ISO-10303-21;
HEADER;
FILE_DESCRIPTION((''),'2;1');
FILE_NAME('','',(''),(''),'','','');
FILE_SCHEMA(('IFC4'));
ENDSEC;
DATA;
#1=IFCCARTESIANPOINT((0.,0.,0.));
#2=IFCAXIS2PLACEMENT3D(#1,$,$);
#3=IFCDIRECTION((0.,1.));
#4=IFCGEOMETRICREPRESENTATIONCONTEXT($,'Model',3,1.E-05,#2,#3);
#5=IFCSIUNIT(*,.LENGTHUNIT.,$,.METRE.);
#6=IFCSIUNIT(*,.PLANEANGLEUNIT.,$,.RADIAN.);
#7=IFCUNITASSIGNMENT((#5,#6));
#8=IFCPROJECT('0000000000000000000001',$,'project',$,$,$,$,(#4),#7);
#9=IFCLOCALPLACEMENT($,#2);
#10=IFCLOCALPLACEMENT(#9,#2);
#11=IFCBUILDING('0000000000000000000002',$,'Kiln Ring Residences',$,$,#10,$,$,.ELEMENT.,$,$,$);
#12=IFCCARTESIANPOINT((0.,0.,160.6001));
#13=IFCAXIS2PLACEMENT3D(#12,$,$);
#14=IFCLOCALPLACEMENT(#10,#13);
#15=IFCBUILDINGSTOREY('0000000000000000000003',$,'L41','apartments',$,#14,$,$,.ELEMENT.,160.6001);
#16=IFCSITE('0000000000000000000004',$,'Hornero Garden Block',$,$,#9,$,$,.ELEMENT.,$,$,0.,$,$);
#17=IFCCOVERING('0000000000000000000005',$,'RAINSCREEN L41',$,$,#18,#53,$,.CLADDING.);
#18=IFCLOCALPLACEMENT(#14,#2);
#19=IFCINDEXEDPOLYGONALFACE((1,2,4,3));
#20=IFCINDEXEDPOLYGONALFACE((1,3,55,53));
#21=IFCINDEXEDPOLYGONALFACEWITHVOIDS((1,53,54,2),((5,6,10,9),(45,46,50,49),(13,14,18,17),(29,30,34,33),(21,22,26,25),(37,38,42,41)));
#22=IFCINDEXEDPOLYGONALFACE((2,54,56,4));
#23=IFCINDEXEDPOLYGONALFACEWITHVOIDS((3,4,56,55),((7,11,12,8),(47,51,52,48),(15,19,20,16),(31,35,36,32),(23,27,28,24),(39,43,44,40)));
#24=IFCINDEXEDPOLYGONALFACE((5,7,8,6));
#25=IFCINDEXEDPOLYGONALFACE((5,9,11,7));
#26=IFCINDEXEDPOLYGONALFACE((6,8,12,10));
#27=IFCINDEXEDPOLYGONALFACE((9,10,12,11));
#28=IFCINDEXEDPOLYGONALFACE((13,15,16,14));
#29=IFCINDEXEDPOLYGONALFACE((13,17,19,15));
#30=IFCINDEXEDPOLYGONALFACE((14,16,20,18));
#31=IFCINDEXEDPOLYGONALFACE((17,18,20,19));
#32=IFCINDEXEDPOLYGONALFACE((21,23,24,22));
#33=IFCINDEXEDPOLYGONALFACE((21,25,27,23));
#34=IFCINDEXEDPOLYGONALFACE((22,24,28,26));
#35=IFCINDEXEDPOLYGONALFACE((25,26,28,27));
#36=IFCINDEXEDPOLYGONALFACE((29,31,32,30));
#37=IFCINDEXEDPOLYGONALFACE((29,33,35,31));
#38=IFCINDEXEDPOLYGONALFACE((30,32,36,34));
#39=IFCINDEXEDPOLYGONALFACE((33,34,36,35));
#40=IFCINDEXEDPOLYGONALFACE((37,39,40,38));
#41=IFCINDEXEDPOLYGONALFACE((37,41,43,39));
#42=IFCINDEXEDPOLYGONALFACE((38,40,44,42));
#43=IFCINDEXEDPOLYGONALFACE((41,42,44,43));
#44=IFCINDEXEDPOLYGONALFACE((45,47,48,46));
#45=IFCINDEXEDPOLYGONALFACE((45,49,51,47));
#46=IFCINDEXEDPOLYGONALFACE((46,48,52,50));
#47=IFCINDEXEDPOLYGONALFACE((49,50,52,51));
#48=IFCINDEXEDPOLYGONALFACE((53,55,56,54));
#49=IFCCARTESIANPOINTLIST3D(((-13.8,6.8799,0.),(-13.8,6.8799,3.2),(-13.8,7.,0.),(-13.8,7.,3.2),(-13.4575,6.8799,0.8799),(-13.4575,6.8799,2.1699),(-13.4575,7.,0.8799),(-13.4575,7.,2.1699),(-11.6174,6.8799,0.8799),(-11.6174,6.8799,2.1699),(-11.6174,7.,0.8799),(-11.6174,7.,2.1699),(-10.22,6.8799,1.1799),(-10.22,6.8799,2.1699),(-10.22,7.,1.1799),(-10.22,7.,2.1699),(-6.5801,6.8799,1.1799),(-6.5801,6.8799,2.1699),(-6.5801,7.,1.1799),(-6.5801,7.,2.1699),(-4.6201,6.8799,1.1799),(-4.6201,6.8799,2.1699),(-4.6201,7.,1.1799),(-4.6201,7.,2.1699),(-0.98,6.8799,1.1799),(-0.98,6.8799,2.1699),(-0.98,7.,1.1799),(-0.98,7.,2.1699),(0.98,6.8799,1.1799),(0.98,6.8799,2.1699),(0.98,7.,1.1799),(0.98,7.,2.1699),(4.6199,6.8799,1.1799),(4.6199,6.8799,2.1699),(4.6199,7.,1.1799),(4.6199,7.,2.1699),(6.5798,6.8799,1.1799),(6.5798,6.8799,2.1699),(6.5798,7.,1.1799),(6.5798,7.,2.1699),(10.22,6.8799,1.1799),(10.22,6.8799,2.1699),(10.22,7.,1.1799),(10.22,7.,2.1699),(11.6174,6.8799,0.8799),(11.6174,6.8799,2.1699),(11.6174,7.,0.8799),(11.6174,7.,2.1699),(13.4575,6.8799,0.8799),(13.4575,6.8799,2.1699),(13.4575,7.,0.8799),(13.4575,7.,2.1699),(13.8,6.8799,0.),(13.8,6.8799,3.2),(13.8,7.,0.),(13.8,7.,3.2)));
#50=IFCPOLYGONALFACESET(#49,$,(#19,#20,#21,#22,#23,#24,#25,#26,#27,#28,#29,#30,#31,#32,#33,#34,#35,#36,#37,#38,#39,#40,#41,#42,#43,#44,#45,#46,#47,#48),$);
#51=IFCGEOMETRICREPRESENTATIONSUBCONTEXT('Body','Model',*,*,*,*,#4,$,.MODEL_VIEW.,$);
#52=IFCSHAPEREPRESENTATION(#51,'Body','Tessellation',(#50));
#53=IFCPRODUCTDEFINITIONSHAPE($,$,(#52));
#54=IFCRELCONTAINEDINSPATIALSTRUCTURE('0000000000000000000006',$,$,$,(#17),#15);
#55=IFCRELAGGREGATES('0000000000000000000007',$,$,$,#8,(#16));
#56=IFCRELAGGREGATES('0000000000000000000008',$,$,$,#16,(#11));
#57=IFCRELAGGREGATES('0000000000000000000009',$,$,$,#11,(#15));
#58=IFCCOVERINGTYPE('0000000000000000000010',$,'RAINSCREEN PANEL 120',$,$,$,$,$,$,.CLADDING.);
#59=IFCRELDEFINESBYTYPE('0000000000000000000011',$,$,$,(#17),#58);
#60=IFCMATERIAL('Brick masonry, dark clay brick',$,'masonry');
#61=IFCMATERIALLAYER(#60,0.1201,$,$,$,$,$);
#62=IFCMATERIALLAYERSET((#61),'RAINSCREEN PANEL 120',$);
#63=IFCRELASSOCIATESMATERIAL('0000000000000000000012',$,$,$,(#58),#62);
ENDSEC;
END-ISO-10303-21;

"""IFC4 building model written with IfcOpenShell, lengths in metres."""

from ifc_helpers import new_model, si_unit, direction, frame, origin, place, context, subcontext, project, spatial, polyline, outline, extrude, material, layer, layer_set, type_object, element, save


model = new_model("IFC4")

# Units and contexts
model_context = context("Model", 3, precision=1e-05, world=origin(), true_north=direction((0.0, 1.0)))
body_context = subcontext(model_context, "Body", "Model", "MODEL_VIEW")
ifc_project = project(units=[si_unit("LENGTHUNIT", "METRE"), si_unit("PLANEANGLEUNIT", "RADIAN")], contexts=[model_context])

# Site, building, storey
site_placement = place(None, origin())
site = spatial("IfcSite", under=ifc_project, at=site_placement, Name="Hornero Garden Block", CompositionType="ELEMENT", RefElevation=0.0)
building_placement = place(site_placement, origin())
building = spatial("IfcBuilding", under=site, at=building_placement, Name="Kiln Ring Residences", CompositionType="ELEMENT")
storey_placement = place(building_placement, frame((0.0, 0.0, 160.6001)))
storey = spatial("IfcBuildingStorey", under=building, at=storey_placement, Name="L41", Description="apartments", CompositionType="ELEMENT", Elevation=160.6001)

# Covering
ifc_material_1 = material(Name="Brick masonry, dark clay brick", Category="masonry")
ifc_layer_1 = layer(ifc_material_1, 0.1201)
ifc_layer_set_1 = layer_set([ifc_layer_1], Name="RAINSCREEN PANEL 120")
covering_type = type_object("IfcCoveringType", Name="RAINSCREEN PANEL 120", PredefinedType="CLADDING", material=ifc_layer_set_1)
covering_placement = place(storey_placement, frame((-13.8, 6.9399, 0.0), z_axis=(0.0, 0.0, 1.0), x_axis=(1.0, 0.0, 0.0)))
element("IfcCovering", 1, at=covering_placement, inside=storey, type_object=covering_type, Name="RAINSCREEN L41", PredefinedType="CLADDING", context=body_context, shape_type="SweptSolid", body=[
    extrude(outline(polyline([(0.0, 0.0), (27.6001, 0.0), (27.6001, 3.2), (0.0, 3.2), (0.0, 0.0)]), holes=[polyline([(2.1826, 0.8799), (2.1826, 2.1699), (0.3425, 2.1699), (0.3425, 0.8799), (2.1826, 0.8799)]), polyline([(25.4175, 0.8799), (27.2576, 0.8799), (27.2576, 2.1699), (25.4175, 2.1699), (25.4175, 0.8799)]), polyline([(3.5801, 1.1799), (7.22, 1.1799), (7.22, 2.1699), (3.5801, 2.1699), (3.5801, 1.1799)]), polyline([(12.8201, 1.1799), (12.8201, 2.1699), (9.1799, 2.1699), (9.1799, 1.1799), (12.8201, 1.1799)]), polyline([(14.78, 1.1799), (18.4199, 1.1799), (18.4199, 2.1699), (14.78, 2.1699), (14.78, 1.1799)]), polyline([(20.3799, 1.1799), (24.02, 1.1799), (24.02, 2.1699), (20.3799, 2.1699), (20.3799, 1.1799)])]), frame((0.0, 0.0601, 0.0), z_axis=(0.0, -1.0, 0.0), x_axis=(1.0, 0.0, 0.0)), (0.0, 0.0, 1.0), 0.1201),
])

save(model, "model.ifc")
